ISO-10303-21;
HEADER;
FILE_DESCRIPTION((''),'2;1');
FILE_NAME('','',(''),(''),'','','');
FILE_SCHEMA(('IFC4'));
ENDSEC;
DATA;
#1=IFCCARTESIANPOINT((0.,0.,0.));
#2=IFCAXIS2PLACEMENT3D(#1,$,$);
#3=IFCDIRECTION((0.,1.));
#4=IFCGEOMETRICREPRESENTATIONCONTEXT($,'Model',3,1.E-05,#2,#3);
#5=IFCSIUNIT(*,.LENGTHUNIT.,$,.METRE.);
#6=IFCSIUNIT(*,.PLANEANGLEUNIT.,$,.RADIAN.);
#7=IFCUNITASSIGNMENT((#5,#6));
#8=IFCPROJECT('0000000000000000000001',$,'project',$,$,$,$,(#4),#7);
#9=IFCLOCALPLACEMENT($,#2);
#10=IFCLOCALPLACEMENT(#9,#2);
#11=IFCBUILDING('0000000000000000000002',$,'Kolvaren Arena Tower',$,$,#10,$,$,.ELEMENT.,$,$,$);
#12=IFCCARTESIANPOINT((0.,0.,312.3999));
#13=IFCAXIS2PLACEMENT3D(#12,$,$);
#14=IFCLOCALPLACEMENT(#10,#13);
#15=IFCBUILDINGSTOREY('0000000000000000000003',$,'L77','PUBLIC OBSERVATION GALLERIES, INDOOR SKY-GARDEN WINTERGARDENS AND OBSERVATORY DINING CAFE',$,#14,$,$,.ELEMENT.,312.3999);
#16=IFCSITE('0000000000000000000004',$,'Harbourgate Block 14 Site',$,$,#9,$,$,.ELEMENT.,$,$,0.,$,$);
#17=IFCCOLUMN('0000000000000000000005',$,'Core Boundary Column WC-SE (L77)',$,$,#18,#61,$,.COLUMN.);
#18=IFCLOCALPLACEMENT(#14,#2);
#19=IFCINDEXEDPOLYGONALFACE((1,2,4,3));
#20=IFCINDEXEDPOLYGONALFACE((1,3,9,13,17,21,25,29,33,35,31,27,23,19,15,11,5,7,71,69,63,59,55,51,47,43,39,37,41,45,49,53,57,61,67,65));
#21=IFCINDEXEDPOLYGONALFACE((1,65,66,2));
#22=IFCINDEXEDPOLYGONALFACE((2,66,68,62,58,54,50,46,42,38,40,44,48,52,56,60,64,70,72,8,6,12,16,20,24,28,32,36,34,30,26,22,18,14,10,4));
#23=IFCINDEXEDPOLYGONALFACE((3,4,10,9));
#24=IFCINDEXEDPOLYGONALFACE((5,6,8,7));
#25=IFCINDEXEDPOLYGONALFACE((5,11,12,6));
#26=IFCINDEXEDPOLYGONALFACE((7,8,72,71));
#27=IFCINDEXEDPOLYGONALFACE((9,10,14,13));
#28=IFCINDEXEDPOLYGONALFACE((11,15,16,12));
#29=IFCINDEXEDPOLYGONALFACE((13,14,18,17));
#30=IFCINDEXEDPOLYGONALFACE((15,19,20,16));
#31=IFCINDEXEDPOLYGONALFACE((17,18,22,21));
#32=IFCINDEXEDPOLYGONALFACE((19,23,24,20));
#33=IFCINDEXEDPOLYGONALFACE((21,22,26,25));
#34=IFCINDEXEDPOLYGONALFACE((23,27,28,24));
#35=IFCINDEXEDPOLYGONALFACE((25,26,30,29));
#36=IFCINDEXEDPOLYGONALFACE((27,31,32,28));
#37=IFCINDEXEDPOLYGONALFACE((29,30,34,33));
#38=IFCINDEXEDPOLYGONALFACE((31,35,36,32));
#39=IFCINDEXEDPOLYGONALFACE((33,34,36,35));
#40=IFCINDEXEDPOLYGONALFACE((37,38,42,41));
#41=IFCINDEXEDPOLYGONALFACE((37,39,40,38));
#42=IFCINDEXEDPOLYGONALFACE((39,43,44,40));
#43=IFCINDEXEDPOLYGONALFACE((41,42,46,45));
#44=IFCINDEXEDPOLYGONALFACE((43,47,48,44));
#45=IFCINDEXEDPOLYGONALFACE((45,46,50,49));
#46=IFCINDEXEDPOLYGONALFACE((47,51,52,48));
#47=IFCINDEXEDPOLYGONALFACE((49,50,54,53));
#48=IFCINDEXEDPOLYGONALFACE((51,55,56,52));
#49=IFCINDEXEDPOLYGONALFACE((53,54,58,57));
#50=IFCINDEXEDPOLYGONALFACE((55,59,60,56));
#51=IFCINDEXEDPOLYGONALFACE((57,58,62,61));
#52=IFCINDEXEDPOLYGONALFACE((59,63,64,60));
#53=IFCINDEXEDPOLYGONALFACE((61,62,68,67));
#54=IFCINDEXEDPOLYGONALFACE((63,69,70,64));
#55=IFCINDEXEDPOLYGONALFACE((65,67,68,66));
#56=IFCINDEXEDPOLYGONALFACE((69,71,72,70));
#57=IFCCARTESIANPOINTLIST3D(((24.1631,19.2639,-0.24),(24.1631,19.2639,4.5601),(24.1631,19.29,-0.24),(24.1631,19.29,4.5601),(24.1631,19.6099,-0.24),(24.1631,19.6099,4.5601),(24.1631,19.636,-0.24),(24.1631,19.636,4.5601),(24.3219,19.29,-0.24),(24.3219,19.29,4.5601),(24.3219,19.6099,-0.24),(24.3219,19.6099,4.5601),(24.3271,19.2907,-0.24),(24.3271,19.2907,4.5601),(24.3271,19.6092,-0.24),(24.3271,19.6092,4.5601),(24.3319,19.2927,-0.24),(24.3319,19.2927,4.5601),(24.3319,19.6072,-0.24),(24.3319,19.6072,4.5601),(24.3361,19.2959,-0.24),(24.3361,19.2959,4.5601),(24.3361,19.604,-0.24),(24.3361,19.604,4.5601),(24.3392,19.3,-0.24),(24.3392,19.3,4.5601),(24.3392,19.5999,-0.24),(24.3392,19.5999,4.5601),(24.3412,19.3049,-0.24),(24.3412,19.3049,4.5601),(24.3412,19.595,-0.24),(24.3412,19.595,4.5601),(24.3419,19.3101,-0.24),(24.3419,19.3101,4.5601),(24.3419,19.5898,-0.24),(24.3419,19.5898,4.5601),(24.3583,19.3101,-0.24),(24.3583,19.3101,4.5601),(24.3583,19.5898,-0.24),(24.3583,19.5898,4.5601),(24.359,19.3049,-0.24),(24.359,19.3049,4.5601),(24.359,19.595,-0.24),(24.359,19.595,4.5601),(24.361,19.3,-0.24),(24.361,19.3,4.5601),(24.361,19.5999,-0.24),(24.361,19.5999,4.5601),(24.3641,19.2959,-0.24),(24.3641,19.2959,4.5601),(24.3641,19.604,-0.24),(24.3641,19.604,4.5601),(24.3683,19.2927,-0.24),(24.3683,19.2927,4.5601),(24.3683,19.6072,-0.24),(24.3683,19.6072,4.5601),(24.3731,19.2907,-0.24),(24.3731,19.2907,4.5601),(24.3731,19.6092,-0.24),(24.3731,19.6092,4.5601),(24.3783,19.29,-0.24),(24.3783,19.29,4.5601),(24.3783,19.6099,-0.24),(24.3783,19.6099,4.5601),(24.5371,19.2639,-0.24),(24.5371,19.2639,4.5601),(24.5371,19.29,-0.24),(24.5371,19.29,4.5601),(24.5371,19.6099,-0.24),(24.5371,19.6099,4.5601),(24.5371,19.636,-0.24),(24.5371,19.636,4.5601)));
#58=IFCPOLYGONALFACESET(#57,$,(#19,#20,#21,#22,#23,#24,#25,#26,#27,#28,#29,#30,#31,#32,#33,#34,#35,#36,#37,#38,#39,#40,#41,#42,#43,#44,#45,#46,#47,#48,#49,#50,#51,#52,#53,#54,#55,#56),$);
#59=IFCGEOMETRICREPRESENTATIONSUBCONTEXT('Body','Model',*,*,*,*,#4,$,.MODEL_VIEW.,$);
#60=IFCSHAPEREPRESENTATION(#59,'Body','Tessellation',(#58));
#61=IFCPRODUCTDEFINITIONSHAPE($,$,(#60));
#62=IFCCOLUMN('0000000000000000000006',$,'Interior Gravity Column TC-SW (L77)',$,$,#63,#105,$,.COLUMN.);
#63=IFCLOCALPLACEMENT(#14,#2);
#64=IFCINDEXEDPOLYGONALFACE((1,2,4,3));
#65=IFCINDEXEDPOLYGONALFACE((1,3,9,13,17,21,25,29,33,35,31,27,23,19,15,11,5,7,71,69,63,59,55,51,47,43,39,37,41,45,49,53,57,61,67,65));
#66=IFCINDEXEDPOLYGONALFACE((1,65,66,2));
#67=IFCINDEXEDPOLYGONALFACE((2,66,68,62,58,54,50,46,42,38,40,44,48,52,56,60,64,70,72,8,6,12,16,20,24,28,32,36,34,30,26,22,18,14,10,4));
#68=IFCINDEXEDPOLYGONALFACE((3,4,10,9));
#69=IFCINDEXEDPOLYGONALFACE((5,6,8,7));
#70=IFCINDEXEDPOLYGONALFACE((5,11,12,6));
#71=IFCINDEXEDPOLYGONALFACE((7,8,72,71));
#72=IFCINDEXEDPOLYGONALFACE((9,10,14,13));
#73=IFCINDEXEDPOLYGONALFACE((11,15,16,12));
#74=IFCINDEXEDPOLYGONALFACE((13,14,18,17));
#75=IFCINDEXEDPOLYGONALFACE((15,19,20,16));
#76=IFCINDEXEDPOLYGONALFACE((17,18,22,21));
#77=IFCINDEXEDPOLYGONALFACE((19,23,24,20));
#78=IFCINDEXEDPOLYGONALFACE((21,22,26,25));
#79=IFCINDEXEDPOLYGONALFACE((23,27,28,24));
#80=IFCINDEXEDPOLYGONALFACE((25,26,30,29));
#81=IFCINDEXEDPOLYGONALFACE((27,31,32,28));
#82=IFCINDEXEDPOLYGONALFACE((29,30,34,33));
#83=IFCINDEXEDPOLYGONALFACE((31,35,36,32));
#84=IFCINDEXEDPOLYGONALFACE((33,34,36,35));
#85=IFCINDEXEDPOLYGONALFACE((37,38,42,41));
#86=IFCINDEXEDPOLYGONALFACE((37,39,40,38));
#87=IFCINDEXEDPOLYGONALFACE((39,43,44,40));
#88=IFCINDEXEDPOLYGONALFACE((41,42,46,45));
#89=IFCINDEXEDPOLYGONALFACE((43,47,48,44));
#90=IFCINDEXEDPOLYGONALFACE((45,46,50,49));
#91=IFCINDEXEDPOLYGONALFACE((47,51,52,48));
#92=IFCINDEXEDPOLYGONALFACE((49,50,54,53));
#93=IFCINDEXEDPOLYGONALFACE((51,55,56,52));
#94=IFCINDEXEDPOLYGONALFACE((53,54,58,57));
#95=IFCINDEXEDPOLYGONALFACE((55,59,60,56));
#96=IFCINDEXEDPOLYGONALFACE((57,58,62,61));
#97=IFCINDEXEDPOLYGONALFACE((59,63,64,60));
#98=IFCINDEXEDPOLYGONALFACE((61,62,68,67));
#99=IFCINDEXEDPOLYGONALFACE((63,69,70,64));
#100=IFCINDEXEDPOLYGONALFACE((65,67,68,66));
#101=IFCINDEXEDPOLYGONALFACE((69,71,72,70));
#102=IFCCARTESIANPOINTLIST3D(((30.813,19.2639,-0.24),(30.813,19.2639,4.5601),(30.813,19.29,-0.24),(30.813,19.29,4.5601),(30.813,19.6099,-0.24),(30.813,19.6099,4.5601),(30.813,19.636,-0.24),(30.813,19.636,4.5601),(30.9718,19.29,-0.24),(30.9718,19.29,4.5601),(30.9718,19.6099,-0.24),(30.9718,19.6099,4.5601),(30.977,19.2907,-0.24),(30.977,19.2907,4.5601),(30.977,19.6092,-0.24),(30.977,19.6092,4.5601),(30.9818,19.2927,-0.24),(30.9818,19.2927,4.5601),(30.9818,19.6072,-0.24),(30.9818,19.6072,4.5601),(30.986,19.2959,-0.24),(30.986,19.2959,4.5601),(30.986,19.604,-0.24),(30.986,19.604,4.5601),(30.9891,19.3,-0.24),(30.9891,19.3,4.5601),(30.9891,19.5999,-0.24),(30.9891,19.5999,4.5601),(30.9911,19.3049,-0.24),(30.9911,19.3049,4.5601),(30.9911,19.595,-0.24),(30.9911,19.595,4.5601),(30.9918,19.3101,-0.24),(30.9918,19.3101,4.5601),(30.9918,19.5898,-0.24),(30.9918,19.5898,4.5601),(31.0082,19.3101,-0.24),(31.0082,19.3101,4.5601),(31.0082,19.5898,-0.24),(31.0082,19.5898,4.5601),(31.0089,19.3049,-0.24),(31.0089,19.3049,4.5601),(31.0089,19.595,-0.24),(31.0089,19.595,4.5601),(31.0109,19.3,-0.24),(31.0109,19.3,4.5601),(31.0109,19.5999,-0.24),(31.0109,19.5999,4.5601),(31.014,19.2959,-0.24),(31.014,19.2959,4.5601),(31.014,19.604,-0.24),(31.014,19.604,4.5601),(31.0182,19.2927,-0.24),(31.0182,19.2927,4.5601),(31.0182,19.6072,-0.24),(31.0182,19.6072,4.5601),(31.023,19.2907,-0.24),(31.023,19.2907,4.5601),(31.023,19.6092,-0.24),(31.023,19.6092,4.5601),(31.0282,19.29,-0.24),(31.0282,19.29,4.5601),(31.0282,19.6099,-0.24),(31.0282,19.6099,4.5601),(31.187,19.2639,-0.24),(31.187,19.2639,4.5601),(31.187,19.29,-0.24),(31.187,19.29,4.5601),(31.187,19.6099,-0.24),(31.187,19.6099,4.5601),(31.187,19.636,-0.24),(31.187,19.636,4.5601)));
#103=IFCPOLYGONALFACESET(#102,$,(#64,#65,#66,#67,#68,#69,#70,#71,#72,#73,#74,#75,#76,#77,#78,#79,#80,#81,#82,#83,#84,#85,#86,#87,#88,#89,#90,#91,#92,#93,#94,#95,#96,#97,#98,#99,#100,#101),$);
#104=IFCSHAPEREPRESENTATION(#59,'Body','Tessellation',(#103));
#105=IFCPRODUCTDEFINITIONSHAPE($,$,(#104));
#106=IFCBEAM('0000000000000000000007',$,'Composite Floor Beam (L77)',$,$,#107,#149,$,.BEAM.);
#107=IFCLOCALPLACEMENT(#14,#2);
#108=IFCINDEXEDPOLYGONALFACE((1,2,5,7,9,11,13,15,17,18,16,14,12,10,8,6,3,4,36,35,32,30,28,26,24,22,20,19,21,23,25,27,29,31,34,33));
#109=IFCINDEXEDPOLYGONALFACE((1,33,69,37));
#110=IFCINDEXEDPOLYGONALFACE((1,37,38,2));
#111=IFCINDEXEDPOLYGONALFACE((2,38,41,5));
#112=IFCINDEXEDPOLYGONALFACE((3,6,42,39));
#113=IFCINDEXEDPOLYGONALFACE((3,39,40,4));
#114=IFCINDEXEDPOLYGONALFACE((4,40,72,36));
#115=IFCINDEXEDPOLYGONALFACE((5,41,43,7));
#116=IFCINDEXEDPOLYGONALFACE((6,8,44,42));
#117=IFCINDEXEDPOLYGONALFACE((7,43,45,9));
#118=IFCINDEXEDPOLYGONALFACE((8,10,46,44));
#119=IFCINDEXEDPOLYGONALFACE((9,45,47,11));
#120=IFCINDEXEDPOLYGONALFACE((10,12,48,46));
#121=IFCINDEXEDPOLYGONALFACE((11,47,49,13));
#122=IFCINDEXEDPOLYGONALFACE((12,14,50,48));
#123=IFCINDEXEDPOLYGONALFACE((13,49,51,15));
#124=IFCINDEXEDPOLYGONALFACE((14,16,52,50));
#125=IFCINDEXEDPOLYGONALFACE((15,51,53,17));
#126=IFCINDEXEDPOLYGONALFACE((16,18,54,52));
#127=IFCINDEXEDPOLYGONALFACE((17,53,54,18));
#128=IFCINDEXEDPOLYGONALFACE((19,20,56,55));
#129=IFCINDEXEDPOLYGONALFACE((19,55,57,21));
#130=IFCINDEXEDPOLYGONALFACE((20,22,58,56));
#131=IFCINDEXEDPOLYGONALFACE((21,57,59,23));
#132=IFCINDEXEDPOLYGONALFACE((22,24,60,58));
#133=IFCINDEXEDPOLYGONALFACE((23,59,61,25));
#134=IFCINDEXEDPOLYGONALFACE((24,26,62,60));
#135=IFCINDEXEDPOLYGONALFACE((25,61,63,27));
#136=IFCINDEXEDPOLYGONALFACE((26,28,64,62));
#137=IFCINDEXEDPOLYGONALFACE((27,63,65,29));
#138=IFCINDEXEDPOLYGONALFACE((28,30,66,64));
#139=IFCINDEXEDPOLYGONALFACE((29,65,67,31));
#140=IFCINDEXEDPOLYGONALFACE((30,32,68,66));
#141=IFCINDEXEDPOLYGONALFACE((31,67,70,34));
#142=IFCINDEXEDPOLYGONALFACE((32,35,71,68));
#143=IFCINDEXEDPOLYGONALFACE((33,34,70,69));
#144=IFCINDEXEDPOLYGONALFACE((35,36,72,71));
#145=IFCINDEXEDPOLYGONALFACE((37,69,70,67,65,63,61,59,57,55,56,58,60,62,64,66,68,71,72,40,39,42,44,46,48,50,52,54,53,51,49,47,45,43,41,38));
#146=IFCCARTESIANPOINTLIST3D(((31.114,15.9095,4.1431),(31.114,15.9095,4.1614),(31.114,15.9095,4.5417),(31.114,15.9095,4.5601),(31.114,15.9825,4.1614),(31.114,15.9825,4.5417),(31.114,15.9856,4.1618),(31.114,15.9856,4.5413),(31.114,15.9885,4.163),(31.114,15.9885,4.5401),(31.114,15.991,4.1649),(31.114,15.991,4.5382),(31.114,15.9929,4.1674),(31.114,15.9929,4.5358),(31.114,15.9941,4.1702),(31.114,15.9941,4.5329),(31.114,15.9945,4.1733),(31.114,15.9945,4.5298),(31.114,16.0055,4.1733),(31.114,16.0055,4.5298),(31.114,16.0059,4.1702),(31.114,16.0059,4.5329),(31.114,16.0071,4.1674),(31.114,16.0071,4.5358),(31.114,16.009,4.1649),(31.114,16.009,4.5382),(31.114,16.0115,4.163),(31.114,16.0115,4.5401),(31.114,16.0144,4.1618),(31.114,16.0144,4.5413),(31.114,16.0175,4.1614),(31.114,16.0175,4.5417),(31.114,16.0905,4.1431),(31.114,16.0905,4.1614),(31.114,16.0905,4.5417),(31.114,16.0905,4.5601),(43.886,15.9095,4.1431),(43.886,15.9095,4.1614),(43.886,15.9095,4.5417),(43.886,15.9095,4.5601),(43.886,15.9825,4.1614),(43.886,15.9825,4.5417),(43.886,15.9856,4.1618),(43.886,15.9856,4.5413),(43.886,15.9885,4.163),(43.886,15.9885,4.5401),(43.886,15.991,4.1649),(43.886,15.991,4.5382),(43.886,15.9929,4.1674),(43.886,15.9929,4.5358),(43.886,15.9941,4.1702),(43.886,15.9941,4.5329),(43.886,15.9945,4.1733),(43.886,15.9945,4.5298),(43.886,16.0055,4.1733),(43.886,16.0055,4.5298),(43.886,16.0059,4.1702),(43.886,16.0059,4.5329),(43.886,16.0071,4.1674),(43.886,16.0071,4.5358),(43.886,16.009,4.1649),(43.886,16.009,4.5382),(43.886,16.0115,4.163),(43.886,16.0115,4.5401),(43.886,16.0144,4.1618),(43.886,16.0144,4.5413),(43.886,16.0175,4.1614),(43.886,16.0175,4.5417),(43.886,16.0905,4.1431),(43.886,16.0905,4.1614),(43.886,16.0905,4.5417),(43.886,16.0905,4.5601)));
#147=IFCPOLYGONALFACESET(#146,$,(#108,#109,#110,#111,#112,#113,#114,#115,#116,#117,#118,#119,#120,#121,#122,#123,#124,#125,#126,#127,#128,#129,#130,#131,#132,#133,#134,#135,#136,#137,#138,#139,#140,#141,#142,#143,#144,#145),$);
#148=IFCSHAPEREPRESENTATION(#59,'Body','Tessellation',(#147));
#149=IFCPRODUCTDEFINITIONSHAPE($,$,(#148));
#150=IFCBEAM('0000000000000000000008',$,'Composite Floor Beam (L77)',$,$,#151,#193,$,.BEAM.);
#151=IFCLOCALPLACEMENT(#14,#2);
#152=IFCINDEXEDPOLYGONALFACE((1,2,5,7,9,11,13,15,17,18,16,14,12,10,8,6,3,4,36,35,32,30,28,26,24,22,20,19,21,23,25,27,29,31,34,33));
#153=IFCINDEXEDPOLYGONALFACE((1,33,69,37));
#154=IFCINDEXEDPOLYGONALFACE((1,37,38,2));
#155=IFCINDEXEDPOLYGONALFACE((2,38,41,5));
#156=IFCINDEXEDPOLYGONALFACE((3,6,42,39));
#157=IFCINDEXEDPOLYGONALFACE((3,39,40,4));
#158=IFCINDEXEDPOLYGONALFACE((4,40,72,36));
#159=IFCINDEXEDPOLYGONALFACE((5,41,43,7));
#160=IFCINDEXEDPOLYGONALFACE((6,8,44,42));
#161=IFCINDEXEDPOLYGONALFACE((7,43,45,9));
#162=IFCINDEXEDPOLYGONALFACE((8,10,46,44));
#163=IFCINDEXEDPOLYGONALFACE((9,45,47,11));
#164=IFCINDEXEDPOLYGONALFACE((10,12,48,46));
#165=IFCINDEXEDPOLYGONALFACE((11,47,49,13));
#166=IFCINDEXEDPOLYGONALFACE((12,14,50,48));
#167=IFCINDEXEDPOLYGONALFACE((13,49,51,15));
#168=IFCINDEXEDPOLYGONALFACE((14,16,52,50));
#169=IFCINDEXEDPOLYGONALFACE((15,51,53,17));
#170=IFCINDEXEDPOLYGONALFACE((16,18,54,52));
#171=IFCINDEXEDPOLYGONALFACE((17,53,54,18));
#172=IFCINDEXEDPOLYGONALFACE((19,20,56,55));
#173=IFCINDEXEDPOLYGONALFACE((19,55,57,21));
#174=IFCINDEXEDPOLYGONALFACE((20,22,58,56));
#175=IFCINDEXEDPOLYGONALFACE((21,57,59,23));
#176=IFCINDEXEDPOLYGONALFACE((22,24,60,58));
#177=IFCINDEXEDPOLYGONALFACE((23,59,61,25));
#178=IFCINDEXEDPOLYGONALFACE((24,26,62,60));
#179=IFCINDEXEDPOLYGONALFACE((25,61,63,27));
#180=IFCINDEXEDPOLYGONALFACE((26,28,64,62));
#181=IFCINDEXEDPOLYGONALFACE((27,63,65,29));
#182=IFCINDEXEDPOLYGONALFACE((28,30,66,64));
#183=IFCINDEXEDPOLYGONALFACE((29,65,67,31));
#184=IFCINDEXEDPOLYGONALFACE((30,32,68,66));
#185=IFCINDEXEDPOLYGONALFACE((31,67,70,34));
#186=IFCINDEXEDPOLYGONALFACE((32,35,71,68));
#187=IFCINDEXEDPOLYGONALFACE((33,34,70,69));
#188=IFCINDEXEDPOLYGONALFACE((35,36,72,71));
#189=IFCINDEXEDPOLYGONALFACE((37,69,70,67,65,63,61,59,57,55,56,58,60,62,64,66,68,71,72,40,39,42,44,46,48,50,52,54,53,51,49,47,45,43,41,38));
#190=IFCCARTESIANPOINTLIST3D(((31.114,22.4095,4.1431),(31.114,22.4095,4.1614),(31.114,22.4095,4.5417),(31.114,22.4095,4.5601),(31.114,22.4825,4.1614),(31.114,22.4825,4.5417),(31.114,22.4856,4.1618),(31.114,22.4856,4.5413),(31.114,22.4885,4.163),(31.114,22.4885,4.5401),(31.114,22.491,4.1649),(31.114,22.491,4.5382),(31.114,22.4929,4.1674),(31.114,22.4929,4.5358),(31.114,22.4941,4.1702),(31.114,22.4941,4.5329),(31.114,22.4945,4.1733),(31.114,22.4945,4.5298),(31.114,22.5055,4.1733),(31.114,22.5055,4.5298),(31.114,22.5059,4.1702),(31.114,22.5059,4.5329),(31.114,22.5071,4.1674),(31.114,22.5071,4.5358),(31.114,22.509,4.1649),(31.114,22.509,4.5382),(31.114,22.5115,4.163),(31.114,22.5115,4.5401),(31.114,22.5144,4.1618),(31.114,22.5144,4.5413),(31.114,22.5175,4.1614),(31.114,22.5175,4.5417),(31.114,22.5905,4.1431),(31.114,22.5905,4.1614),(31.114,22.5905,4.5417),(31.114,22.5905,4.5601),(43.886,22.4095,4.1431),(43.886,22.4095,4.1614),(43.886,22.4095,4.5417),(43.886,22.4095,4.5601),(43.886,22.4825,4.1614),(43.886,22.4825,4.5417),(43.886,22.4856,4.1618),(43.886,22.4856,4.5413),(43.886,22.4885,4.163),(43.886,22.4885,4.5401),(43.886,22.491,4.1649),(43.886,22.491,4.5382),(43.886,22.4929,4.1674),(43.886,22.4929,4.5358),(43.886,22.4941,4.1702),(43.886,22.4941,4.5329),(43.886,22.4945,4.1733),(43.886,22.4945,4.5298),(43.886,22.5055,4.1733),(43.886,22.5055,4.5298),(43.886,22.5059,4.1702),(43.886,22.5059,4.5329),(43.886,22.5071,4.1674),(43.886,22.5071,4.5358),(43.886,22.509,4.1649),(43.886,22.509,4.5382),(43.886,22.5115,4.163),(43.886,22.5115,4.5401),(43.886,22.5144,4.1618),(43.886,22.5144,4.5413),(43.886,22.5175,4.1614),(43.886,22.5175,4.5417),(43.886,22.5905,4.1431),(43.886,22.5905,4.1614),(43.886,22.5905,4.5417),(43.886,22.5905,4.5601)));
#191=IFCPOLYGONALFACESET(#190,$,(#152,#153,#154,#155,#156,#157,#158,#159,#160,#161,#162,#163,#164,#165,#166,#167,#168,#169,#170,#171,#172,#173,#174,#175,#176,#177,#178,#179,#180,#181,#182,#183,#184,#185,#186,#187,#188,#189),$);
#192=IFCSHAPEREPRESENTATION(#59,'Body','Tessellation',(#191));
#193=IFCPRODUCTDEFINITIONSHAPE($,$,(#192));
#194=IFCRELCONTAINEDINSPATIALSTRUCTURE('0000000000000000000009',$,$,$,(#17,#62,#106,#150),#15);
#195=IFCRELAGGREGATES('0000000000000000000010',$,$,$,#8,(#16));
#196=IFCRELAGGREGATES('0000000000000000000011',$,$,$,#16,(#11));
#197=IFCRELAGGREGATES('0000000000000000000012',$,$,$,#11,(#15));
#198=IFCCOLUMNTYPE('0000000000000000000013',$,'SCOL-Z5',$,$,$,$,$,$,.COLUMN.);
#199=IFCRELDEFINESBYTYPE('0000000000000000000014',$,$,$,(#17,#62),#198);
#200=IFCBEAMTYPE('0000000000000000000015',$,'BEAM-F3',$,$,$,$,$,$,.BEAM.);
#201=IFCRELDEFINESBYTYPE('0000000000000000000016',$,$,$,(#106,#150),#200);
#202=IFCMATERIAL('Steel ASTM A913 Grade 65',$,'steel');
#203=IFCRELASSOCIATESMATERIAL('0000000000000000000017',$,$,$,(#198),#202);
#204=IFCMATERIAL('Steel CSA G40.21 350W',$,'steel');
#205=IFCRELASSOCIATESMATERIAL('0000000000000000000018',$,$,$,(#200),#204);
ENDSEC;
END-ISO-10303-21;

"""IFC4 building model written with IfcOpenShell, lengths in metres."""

from ifc_helpers import new_model, si_unit, direction, frame, origin, origin_2d, place, context, subcontext, project, spatial, i_section, extrude, material, material_profile, profile_set, type_object, element, save


model = new_model("IFC4")

# Units and contexts
model_context = context("Model", 3, precision=1e-05, world=origin(), true_north=direction((0.0, 1.0)))
body_context = subcontext(model_context, "Body", "Model", "MODEL_VIEW")
ifc_project = project(units=[si_unit("LENGTHUNIT", "METRE"), si_unit("PLANEANGLEUNIT", "RADIAN")], contexts=[model_context])

# Site, building, storey
site_placement = place(None, origin())
site = spatial("IfcSite", under=ifc_project, at=site_placement, Name="Harbourgate Block 14 Site", CompositionType="ELEMENT", RefElevation=0.0)
building_placement = place(site_placement, origin())
building = spatial("IfcBuilding", under=site, at=building_placement, Name="Kolvaren Arena Tower", CompositionType="ELEMENT")
storey_placement = place(building_placement, frame((0.0, 0.0, 312.3999)))
storey = spatial("IfcBuildingStorey", under=building, at=storey_placement, Name="L77", Description="PUBLIC OBSERVATION GALLERIES, INDOOR SKY-GARDEN WINTERGARDENS AND OBSERVATORY DINING CAFE", CompositionType="ELEMENT", Elevation=312.3999)

# Columns
ifc_material_1 = material(Name="Steel ASTM A913 Grade 65", Category="steel")
ifc_material_profile_1 = material_profile(ifc_material_1, i_section(OverallWidth=0.374, OverallDepth=0.3721, WebThickness=0.0164, FlangeThickness=0.0261, FilletRadius=0.02, at=origin_2d()), Name="W360x196")
ifc_profile_set_1 = profile_set([ifc_material_profile_1], Name="Steel ASTM A913 Grade 65")
column_type = type_object("IfcColumnType", Name="SCOL-Z5", PredefinedType="COLUMN", material=ifc_profile_set_1)
for number, where, z_axis, x_axis, name in (
    (1, (24.3501, 19.45, -0.24), (0.0, 0.0, 1.0), (1.0, 0.0, 0.0), "Core Boundary Column WC-SE (L77)"),
    (2, (31.0, 19.45, -0.24), (0.0, 0.0, 1.0), (1.0, 0.0, 0.0), "Interior Gravity Column TC-SW (L77)"),
):
    element("IfcColumn", number, at=place(storey_placement, frame(where, z_axis=z_axis, x_axis=x_axis)), inside=storey, type_object=column_type, Name=name, PredefinedType="COLUMN", context=body_context, shape_type="SweptSolid", body=[
        extrude(i_section(OverallWidth=0.374, OverallDepth=0.3721, WebThickness=0.0164, FlangeThickness=0.0261, FilletRadius=0.02, at=origin_2d()), origin(), (0.0, 0.0, 1.0), 4.8),
    ])

# Beams
ifc_material_2 = material(Name="Steel CSA G40.21 350W", Category="steel")
ifc_material_profile_2 = material_profile(ifc_material_2, i_section(OverallWidth=0.1809, OverallDepth=0.417, WebThickness=0.011, FlangeThickness=0.0183, FilletRadius=0.012, at=origin_2d()), Name="W410x85")
ifc_profile_set_2 = profile_set([ifc_material_profile_2], Name="Steel CSA G40.21 350W")
beam_type_1 = type_object("IfcBeamType", Name="BEAM-F3", PredefinedType="BEAM", material=ifc_profile_set_2)
for number, where, z_axis, x_axis, name in (
    (3, (31.114, 16.0, 4.3516), (1.0, 0.0, 0.0), (0.0, 1.0, 0.0), "Composite Floor Beam (L77)"),
    (4, (31.114, 22.5, 4.3516), (1.0, 0.0, 0.0), (0.0, 1.0, 0.0), "Composite Floor Beam (L77)"),
):
    element("IfcBeam", number, at=place(storey_placement, frame(where, z_axis=z_axis, x_axis=x_axis)), inside=storey, type_object=beam_type_1, Name=name, PredefinedType="BEAM", context=body_context, shape_type="SweptSolid", body=[
        extrude(i_section(OverallWidth=0.1809, OverallDepth=0.417, WebThickness=0.011, FlangeThickness=0.0183, FilletRadius=0.012, at=origin_2d()), origin(), (0.0, 0.0, 1.0), 12.772),
    ])

save(model, "model.ifc")
